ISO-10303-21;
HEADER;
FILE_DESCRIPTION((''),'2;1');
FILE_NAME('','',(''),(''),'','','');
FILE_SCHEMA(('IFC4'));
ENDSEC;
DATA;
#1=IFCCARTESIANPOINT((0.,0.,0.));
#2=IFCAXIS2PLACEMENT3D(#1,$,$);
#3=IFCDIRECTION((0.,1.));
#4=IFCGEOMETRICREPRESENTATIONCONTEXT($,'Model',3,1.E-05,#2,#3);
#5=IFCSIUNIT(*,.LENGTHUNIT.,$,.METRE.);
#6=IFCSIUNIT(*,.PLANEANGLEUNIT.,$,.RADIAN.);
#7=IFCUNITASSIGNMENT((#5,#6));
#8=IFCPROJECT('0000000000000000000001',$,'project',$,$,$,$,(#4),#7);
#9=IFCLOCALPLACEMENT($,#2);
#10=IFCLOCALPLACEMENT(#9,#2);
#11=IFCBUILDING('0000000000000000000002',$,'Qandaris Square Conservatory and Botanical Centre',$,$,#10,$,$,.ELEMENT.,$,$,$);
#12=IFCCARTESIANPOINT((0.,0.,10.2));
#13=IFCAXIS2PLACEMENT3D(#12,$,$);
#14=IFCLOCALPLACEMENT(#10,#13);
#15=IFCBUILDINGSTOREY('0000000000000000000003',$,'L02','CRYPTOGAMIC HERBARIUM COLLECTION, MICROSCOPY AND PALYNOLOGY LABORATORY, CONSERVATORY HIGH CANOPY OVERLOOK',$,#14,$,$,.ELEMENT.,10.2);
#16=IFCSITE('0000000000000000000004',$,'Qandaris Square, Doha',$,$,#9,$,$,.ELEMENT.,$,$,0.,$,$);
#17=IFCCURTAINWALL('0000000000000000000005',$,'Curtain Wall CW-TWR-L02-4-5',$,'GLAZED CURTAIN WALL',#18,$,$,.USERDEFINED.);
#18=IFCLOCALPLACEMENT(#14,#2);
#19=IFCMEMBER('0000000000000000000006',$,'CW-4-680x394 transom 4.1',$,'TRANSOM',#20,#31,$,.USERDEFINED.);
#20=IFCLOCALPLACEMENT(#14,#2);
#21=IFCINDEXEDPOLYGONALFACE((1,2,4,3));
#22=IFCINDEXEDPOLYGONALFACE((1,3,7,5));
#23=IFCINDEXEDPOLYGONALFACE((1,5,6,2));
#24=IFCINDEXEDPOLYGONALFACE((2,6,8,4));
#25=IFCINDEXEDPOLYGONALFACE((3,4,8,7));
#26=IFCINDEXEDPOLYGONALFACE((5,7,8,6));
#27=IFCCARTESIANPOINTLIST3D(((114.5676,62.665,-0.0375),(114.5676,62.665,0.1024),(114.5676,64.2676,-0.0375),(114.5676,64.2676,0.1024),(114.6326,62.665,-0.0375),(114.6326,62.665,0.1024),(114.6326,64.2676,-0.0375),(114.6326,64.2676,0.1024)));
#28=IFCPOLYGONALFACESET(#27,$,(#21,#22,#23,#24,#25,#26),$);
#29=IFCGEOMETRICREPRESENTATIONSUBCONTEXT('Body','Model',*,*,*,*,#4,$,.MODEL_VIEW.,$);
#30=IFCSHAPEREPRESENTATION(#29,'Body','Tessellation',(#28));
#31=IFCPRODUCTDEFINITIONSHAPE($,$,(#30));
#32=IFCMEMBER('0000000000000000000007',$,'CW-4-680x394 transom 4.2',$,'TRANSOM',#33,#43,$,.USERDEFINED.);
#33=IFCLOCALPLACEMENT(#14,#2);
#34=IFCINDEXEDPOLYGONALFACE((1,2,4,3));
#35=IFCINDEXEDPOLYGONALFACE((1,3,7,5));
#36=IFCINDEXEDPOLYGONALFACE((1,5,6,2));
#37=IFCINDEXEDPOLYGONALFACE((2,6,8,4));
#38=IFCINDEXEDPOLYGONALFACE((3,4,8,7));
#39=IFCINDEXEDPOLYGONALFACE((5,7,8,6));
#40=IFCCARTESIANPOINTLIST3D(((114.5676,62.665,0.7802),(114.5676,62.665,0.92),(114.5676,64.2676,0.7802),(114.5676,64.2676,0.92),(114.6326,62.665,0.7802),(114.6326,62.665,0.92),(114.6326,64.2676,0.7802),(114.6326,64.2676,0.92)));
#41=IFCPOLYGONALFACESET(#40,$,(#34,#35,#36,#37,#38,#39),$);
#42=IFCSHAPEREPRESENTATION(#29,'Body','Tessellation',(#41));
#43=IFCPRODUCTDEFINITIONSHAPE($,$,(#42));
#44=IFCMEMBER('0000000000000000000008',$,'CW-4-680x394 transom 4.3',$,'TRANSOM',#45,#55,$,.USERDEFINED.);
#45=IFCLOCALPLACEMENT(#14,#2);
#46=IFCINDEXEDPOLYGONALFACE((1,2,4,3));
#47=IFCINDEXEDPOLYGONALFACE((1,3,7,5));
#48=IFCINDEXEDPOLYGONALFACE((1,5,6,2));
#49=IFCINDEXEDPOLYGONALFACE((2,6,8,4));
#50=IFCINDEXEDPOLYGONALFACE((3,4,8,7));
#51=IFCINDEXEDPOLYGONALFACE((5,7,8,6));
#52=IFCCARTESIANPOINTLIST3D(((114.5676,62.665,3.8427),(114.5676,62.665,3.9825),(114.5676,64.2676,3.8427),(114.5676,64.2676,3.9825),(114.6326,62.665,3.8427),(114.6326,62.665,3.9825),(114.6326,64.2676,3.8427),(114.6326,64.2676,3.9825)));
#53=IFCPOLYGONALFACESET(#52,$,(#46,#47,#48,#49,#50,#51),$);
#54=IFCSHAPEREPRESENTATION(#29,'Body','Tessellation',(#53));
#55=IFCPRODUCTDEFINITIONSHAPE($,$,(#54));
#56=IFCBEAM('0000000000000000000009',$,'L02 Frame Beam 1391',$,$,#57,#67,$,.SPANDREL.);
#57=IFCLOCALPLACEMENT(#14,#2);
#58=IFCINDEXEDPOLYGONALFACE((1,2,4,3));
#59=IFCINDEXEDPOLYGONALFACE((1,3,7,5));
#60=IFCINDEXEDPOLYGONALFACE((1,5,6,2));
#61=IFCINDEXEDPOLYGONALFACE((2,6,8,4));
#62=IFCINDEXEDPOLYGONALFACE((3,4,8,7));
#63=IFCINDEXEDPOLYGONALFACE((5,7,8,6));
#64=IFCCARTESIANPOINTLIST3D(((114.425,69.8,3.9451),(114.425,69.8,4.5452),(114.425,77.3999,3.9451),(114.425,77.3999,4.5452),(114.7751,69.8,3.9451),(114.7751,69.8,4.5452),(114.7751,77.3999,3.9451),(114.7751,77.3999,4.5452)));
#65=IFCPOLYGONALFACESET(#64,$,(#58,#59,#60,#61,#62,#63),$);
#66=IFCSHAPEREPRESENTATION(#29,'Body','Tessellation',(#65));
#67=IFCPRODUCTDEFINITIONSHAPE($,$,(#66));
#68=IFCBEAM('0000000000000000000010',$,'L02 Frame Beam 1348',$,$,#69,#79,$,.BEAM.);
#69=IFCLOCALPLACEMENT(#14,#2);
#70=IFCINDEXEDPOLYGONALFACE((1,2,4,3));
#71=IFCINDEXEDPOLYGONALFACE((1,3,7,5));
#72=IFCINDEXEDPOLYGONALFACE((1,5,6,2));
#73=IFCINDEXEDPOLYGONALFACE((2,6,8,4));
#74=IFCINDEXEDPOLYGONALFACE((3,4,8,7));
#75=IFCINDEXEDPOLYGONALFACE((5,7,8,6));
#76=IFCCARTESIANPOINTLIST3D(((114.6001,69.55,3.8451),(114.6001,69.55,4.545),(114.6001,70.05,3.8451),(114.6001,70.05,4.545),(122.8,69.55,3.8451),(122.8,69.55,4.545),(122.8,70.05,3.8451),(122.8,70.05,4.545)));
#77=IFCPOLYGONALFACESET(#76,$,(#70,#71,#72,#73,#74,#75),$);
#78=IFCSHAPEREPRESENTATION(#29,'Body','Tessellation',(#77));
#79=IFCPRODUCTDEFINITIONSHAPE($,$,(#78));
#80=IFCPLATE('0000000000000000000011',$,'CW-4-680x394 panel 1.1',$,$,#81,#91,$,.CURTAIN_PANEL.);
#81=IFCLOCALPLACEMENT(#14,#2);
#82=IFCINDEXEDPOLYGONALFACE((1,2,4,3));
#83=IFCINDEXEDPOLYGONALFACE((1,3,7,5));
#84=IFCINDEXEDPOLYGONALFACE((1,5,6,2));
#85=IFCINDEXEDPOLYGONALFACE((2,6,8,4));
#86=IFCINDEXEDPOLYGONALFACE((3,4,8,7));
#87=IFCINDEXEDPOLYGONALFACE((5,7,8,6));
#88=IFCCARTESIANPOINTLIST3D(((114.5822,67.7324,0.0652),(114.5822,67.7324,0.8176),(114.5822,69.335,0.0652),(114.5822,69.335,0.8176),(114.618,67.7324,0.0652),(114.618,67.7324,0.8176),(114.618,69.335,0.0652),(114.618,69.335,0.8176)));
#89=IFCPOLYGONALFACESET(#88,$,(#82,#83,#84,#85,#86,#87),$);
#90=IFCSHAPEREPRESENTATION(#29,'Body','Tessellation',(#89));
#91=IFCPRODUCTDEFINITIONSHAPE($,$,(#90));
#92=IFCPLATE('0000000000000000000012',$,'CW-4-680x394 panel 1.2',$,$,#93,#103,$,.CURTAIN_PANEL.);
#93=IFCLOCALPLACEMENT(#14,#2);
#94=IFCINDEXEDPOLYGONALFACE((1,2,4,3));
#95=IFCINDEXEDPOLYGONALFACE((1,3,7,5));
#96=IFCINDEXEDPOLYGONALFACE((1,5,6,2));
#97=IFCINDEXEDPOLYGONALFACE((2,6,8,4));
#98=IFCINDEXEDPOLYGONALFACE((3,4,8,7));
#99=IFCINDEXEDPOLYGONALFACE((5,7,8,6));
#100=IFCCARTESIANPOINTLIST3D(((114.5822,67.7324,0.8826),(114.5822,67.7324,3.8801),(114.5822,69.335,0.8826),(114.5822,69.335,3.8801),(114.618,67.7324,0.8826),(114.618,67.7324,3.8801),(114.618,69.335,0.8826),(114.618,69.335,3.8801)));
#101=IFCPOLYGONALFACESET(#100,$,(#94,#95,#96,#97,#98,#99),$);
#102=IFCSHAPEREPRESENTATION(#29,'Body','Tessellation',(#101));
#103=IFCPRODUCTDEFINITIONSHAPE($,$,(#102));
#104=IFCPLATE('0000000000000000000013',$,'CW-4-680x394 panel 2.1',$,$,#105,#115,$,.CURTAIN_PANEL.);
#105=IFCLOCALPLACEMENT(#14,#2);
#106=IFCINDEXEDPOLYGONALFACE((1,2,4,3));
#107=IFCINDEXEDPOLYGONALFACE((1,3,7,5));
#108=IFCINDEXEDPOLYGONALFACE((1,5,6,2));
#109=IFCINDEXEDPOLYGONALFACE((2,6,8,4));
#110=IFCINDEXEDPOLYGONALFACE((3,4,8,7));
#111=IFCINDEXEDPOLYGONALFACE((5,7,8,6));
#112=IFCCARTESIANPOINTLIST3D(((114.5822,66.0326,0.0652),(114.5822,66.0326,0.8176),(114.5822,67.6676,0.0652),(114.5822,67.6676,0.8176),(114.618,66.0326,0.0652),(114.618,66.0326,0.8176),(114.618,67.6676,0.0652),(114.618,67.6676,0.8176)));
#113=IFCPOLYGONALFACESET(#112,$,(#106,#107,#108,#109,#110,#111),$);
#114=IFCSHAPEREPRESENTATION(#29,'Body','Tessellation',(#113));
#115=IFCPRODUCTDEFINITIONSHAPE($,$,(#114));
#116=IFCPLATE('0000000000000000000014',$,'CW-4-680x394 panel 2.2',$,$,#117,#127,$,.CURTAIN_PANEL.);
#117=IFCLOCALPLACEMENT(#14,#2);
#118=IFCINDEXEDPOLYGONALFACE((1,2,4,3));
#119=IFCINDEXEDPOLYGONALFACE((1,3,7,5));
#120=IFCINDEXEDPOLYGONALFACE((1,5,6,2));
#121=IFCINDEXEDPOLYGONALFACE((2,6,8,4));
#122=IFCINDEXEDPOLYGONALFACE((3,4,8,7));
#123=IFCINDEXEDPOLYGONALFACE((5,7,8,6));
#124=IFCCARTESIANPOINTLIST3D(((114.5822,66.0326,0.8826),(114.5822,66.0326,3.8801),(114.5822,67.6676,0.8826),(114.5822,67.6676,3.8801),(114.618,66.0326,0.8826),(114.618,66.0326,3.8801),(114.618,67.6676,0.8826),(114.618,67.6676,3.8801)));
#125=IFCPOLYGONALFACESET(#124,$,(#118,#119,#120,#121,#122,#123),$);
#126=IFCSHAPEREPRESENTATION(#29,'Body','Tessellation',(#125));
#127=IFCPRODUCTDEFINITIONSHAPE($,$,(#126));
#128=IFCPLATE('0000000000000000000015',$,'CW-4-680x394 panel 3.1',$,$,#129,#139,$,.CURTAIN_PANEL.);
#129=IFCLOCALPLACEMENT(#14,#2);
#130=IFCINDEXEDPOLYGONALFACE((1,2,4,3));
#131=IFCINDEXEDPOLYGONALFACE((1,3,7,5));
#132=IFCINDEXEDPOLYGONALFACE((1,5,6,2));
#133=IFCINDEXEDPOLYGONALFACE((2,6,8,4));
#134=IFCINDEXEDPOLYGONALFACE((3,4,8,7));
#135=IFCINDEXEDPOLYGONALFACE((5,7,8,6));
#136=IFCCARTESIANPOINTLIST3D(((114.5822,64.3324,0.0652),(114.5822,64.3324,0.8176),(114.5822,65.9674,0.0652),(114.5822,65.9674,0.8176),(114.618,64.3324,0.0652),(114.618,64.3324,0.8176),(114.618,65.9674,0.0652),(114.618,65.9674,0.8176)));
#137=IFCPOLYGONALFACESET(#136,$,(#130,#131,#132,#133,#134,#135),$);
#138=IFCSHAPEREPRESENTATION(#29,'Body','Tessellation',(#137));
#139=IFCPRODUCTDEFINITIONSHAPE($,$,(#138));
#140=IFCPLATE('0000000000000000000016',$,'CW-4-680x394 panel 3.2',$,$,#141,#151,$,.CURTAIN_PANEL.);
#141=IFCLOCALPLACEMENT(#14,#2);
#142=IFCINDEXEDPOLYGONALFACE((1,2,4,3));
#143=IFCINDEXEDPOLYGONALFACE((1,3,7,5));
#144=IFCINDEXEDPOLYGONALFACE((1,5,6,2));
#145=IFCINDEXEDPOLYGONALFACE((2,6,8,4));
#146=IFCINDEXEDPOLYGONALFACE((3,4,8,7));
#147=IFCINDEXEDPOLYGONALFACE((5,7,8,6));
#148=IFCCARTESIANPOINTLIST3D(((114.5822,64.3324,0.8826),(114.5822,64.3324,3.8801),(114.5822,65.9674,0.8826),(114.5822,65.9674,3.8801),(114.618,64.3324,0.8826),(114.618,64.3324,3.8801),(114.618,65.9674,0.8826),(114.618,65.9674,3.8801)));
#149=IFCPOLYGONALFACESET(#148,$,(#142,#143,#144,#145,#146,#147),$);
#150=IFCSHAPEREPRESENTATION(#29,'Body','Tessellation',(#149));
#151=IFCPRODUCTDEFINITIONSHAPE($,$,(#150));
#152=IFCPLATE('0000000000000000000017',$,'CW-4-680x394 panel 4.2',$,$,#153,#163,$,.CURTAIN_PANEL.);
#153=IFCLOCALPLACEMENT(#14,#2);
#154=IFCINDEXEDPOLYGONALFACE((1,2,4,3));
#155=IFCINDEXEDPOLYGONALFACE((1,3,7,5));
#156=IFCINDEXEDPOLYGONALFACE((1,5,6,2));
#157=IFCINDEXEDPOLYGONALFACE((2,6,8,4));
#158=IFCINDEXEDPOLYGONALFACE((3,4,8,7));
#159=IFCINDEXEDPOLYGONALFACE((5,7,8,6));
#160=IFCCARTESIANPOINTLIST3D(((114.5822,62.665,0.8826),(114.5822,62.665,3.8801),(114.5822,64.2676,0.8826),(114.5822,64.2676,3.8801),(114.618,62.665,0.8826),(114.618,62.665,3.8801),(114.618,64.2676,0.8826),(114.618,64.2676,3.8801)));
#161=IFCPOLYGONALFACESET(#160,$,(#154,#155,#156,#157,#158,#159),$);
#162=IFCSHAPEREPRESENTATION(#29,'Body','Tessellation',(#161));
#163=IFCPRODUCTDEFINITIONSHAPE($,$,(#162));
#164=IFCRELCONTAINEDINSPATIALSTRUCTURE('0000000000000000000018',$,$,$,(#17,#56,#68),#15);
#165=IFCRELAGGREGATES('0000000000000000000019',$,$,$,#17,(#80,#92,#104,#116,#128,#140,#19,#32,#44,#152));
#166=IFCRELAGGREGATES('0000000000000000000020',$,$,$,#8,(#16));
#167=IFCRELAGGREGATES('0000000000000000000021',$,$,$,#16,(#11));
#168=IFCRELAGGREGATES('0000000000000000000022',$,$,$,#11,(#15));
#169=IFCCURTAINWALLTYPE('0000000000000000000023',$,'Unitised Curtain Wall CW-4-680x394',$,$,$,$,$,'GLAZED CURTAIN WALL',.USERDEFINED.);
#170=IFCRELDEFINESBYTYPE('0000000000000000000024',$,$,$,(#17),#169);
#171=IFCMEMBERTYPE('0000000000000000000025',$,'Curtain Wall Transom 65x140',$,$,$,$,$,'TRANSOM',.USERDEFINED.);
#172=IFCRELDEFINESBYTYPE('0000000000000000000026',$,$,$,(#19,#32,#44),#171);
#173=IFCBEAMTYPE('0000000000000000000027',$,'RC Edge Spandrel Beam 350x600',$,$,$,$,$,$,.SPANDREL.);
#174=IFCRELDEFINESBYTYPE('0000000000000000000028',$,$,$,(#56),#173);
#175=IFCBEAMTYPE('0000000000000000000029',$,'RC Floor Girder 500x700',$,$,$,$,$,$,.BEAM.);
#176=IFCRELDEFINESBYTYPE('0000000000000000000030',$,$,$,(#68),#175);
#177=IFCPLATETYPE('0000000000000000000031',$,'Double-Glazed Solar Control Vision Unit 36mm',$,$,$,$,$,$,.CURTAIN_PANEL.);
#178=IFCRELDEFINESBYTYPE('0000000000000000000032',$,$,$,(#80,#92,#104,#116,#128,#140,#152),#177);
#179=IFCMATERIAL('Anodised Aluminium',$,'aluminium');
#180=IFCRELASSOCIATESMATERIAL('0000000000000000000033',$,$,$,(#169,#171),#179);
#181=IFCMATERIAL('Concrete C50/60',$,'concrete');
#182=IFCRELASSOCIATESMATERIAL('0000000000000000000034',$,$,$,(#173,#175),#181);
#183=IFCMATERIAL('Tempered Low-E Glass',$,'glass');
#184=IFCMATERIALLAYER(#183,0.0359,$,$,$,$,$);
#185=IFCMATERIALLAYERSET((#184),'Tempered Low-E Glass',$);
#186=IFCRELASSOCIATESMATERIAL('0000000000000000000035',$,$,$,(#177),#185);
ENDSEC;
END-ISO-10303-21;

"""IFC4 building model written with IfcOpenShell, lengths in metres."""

from ifc_helpers import new_model, si_unit, direction, frame, origin, origin_2d, place, context, subcontext, project, spatial, rectangle, extrude, material, layer, layer_set, material_profile, profile_set, type_object, element, aggregate, save


model = new_model("IFC4")

# Units and contexts
model_context = context("Model", 3, precision=1e-05, world=origin(), true_north=direction((0.0, 1.0)))
body_context = subcontext(model_context, "Body", "Model", "MODEL_VIEW")
ifc_project = project(units=[si_unit("LENGTHUNIT", "METRE"), si_unit("PLANEANGLEUNIT", "RADIAN")], contexts=[model_context])

# Site, building, storey
site_placement = place(None, origin())
site = spatial("IfcSite", under=ifc_project, at=site_placement, Name="Qandaris Square, Doha", CompositionType="ELEMENT", RefElevation=0.0)
building_placement = place(site_placement, origin())
building = spatial("IfcBuilding", under=site, at=building_placement, Name="Qandaris Square Conservatory and Botanical Centre", CompositionType="ELEMENT")
storey_placement = place(building_placement, frame((0.0, 0.0, 10.2)))
storey = spatial("IfcBuildingStorey", under=building, at=storey_placement, Name="L02", Description="CRYPTOGAMIC HERBARIUM COLLECTION, MICROSCOPY AND PALYNOLOGY LABORATORY, CONSERVATORY HIGH CANOPY OVERLOOK", CompositionType="ELEMENT", Elevation=10.2)

# Curtain wall, members
ifc_material_1 = material(Name="Anodised Aluminium", Category="aluminium")
curtain_wall_type = type_object("IfcCurtainWallType", Name="Unitised Curtain Wall CW-4-680x394", ElementType="GLAZED CURTAIN WALL", PredefinedType="USERDEFINED", material=ifc_material_1)
curtain_wall_placement = place(storey_placement, origin())
curtain_wall = element("IfcCurtainWall", 1, at=curtain_wall_placement, inside=storey, type_object=curtain_wall_type, Name="Curtain Wall CW-TWR-L02-4-5", ObjectType="GLAZED CURTAIN WALL", PredefinedType="USERDEFINED")
ifc_material_profile_1 = material_profile(ifc_material_1, rectangle(XDim=0.0649, YDim=0.1399, at=origin_2d()), Name="ALU-TRN 65x140")
ifc_profile_set_1 = profile_set([ifc_material_profile_1], Name="Anodised Aluminium")
member_type_1 = type_object("IfcMemberType", Name="Curtain Wall Transom 65x140", ElementType="TRANSOM", PredefinedType="USERDEFINED", material=ifc_profile_set_1)
member_1_placement = place(storey_placement, frame((114.6001, 64.2676, 0.0325), z_axis=(0.0, -1.0, 0.0), x_axis=(1.0, 0.0, 0.0)))
member_1 = element("IfcMember", 2, at=member_1_placement, type_object=member_type_1, Name="CW-4-680x394 transom 4.1", ObjectType="TRANSOM", PredefinedType="USERDEFINED", context=body_context, shape_type="SweptSolid", body=[
    extrude(rectangle(XDim=0.0649, YDim=0.1399, at=origin_2d()), origin(), (0.0, 0.0, 1.0), 1.6025),
])
member_2_placement = place(storey_placement, frame((114.6001, 64.2676, 0.8501), z_axis=(0.0, -1.0, 0.0), x_axis=(1.0, 0.0, 0.0)))
member_2 = element("IfcMember", 3, at=member_2_placement, type_object=member_type_1, Name="CW-4-680x394 transom 4.2", ObjectType="TRANSOM", PredefinedType="USERDEFINED", context=body_context, shape_type="SweptSolid", body=[
    extrude(rectangle(XDim=0.0649, YDim=0.1399, at=origin_2d()), origin(), (0.0, 0.0, 1.0), 1.6025),
])
member_3_placement = place(storey_placement, frame((114.6001, 64.2676, 3.9126), z_axis=(0.0, -1.0, 0.0), x_axis=(1.0, 0.0, 0.0)))
member_3 = element("IfcMember", 4, at=member_3_placement, type_object=member_type_1, Name="CW-4-680x394 transom 4.3", ObjectType="TRANSOM", PredefinedType="USERDEFINED", context=body_context, shape_type="SweptSolid", body=[
    extrude(rectangle(XDim=0.0649, YDim=0.1399, at=origin_2d()), origin(), (0.0, 0.0, 1.0), 1.6025),
])

# Beams
ifc_material_2 = material(Name="Concrete C50/60", Category="concrete")
ifc_material_profile_2 = material_profile(ifc_material_2, rectangle(XDim=0.3501, YDim=0.6001, at=origin_2d()), Name="RC-SP 350x600")
ifc_profile_set_2 = profile_set([ifc_material_profile_2], Name="Concrete C50/60")
beam_type_1 = type_object("IfcBeamType", Name="RC Edge Spandrel Beam 350x600", PredefinedType="SPANDREL", material=ifc_profile_set_2)
beam_1_placement = place(storey_placement, frame((114.6001, 69.8, 4.2451), z_axis=(0.0, 1.0, 0.0), x_axis=(-1.0, 0.0, 0.0)))
element("IfcBeam", 5, at=beam_1_placement, inside=storey, type_object=beam_type_1, Name="L02 Frame Beam 1391", PredefinedType="SPANDREL", context=body_context, shape_type="SweptSolid", body=[
    extrude(rectangle(XDim=0.3501, YDim=0.6001, at=origin_2d()), origin(), (0.0, 0.0, 1.0), 7.5999),
])
ifc_material_profile_3 = material_profile(ifc_material_2, rectangle(XDim=0.5, YDim=0.7, at=origin_2d()), Name="RC-BM 500x700")
ifc_profile_set_3 = profile_set([ifc_material_profile_3], Name="Concrete C50/60")
beam_type_2 = type_object("IfcBeamType", Name="RC Floor Girder 500x700", PredefinedType="BEAM", material=ifc_profile_set_3)
beam_2_placement = place(storey_placement, frame((114.6001, 69.8, 4.1951), z_axis=(1.0, 0.0, 0.0), x_axis=(0.0, 1.0, 0.0)))
element("IfcBeam", 6, at=beam_2_placement, inside=storey, type_object=beam_type_2, Name="L02 Frame Beam 1348", PredefinedType="BEAM", context=body_context, shape_type="SweptSolid", body=[
    extrude(rectangle(XDim=0.5, YDim=0.7, at=origin_2d()), origin(), (0.0, 0.0, 1.0), 8.2),
])

# Plates
ifc_material_3 = material(Name="Tempered Low-E Glass", Category="glass")
ifc_layer_1 = layer(ifc_material_3, 0.0359)
ifc_layer_set_1 = layer_set([ifc_layer_1], Name="Tempered Low-E Glass")
plate_type = type_object("IfcPlateType", Name="Double-Glazed Solar Control Vision Unit 36mm", PredefinedType="CURTAIN_PANEL", material=ifc_layer_set_1)
plate_1_placement = place(storey_placement, frame((114.6001, 68.5337, 0.0652), z_axis=(0.0, 0.0, 1.0), x_axis=(0.0, -1.0, 0.0)))
plate_1 = element("IfcPlate", 7, at=plate_1_placement, type_object=plate_type, Name="CW-4-680x394 panel 1.1", PredefinedType="CURTAIN_PANEL", context=body_context, shape_type="SweptSolid", body=[
    extrude(rectangle(XDim=1.6025, YDim=0.0359, at=origin_2d()), origin(), (0.0, 0.0, 1.0), 0.7524),
])
plate_2_placement = place(storey_placement, frame((114.6001, 68.5337, 0.8826), z_axis=(0.0, 0.0, 1.0), x_axis=(0.0, -1.0, 0.0)))
plate_2 = element("IfcPlate", 8, at=plate_2_placement, type_object=plate_type, Name="CW-4-680x394 panel 1.2", PredefinedType="CURTAIN_PANEL", context=body_context, shape_type="SweptSolid", body=[
    extrude(rectangle(XDim=1.6025, YDim=0.0359, at=origin_2d()), origin(), (0.0, 0.0, 1.0), 2.9976),
])
plate_3_placement = place(storey_placement, frame((114.6001, 66.8501, 0.0652), z_axis=(0.0, 0.0, 1.0), x_axis=(0.0, -1.0, 0.0)))
plate_3 = element("IfcPlate", 9, at=plate_3_placement, type_object=plate_type, Name="CW-4-680x394 panel 2.1", PredefinedType="CURTAIN_PANEL", context=body_context, shape_type="SweptSolid", body=[
    extrude(rectangle(XDim=1.635, YDim=0.0359, at=origin_2d()), origin(), (0.0, 0.0, 1.0), 0.7524),
])
plate_4_placement = place(storey_placement, frame((114.6001, 66.8501, 0.8826), z_axis=(0.0, 0.0, 1.0), x_axis=(0.0, -1.0, 0.0)))
plate_4 = element("IfcPlate", 10, at=plate_4_placement, type_object=plate_type, Name="CW-4-680x394 panel 2.2", PredefinedType="CURTAIN_PANEL", context=body_context, shape_type="SweptSolid", body=[
    extrude(rectangle(XDim=1.635, YDim=0.0359, at=origin_2d()), origin(), (0.0, 0.0, 1.0), 2.9976),
])
plate_5_placement = place(storey_placement, frame((114.6001, 65.1499, 0.0652), z_axis=(0.0, 0.0, 1.0), x_axis=(0.0, -1.0, 0.0)))
plate_5 = element("IfcPlate", 11, at=plate_5_placement, type_object=plate_type, Name="CW-4-680x394 panel 3.1", PredefinedType="CURTAIN_PANEL", context=body_context, shape_type="SweptSolid", body=[
    extrude(rectangle(XDim=1.635, YDim=0.0359, at=origin_2d()), origin(), (0.0, 0.0, 1.0), 0.7524),
])
plate_6_placement = place(storey_placement, frame((114.6001, 65.1499, 0.8826), z_axis=(0.0, 0.0, 1.0), x_axis=(0.0, -1.0, 0.0)))
plate_6 = element("IfcPlate", 12, at=plate_6_placement, type_object=plate_type, Name="CW-4-680x394 panel 3.2", PredefinedType="CURTAIN_PANEL", context=body_context, shape_type="SweptSolid", body=[
    extrude(rectangle(XDim=1.635, YDim=0.0359, at=origin_2d()), origin(), (0.0, 0.0, 1.0), 2.9976),
])
plate_7_placement = place(storey_placement, frame((114.6001, 63.4663, 0.8826), z_axis=(0.0, 0.0, 1.0), x_axis=(0.0, -1.0, 0.0)))
plate_7 = element("IfcPlate", 13, at=plate_7_placement, type_object=plate_type, Name="CW-4-680x394 panel 4.2", PredefinedType="CURTAIN_PANEL", context=body_context, shape_type="SweptSolid", body=[
    extrude(rectangle(XDim=1.6025, YDim=0.0359, at=origin_2d()), origin(), (0.0, 0.0, 1.0), 2.9976),
])
aggregate(curtain_wall, [plate_1, plate_2, plate_3, plate_4, plate_5, plate_6, member_1, member_2, member_3, plate_7])

save(model, "model.ifc")
